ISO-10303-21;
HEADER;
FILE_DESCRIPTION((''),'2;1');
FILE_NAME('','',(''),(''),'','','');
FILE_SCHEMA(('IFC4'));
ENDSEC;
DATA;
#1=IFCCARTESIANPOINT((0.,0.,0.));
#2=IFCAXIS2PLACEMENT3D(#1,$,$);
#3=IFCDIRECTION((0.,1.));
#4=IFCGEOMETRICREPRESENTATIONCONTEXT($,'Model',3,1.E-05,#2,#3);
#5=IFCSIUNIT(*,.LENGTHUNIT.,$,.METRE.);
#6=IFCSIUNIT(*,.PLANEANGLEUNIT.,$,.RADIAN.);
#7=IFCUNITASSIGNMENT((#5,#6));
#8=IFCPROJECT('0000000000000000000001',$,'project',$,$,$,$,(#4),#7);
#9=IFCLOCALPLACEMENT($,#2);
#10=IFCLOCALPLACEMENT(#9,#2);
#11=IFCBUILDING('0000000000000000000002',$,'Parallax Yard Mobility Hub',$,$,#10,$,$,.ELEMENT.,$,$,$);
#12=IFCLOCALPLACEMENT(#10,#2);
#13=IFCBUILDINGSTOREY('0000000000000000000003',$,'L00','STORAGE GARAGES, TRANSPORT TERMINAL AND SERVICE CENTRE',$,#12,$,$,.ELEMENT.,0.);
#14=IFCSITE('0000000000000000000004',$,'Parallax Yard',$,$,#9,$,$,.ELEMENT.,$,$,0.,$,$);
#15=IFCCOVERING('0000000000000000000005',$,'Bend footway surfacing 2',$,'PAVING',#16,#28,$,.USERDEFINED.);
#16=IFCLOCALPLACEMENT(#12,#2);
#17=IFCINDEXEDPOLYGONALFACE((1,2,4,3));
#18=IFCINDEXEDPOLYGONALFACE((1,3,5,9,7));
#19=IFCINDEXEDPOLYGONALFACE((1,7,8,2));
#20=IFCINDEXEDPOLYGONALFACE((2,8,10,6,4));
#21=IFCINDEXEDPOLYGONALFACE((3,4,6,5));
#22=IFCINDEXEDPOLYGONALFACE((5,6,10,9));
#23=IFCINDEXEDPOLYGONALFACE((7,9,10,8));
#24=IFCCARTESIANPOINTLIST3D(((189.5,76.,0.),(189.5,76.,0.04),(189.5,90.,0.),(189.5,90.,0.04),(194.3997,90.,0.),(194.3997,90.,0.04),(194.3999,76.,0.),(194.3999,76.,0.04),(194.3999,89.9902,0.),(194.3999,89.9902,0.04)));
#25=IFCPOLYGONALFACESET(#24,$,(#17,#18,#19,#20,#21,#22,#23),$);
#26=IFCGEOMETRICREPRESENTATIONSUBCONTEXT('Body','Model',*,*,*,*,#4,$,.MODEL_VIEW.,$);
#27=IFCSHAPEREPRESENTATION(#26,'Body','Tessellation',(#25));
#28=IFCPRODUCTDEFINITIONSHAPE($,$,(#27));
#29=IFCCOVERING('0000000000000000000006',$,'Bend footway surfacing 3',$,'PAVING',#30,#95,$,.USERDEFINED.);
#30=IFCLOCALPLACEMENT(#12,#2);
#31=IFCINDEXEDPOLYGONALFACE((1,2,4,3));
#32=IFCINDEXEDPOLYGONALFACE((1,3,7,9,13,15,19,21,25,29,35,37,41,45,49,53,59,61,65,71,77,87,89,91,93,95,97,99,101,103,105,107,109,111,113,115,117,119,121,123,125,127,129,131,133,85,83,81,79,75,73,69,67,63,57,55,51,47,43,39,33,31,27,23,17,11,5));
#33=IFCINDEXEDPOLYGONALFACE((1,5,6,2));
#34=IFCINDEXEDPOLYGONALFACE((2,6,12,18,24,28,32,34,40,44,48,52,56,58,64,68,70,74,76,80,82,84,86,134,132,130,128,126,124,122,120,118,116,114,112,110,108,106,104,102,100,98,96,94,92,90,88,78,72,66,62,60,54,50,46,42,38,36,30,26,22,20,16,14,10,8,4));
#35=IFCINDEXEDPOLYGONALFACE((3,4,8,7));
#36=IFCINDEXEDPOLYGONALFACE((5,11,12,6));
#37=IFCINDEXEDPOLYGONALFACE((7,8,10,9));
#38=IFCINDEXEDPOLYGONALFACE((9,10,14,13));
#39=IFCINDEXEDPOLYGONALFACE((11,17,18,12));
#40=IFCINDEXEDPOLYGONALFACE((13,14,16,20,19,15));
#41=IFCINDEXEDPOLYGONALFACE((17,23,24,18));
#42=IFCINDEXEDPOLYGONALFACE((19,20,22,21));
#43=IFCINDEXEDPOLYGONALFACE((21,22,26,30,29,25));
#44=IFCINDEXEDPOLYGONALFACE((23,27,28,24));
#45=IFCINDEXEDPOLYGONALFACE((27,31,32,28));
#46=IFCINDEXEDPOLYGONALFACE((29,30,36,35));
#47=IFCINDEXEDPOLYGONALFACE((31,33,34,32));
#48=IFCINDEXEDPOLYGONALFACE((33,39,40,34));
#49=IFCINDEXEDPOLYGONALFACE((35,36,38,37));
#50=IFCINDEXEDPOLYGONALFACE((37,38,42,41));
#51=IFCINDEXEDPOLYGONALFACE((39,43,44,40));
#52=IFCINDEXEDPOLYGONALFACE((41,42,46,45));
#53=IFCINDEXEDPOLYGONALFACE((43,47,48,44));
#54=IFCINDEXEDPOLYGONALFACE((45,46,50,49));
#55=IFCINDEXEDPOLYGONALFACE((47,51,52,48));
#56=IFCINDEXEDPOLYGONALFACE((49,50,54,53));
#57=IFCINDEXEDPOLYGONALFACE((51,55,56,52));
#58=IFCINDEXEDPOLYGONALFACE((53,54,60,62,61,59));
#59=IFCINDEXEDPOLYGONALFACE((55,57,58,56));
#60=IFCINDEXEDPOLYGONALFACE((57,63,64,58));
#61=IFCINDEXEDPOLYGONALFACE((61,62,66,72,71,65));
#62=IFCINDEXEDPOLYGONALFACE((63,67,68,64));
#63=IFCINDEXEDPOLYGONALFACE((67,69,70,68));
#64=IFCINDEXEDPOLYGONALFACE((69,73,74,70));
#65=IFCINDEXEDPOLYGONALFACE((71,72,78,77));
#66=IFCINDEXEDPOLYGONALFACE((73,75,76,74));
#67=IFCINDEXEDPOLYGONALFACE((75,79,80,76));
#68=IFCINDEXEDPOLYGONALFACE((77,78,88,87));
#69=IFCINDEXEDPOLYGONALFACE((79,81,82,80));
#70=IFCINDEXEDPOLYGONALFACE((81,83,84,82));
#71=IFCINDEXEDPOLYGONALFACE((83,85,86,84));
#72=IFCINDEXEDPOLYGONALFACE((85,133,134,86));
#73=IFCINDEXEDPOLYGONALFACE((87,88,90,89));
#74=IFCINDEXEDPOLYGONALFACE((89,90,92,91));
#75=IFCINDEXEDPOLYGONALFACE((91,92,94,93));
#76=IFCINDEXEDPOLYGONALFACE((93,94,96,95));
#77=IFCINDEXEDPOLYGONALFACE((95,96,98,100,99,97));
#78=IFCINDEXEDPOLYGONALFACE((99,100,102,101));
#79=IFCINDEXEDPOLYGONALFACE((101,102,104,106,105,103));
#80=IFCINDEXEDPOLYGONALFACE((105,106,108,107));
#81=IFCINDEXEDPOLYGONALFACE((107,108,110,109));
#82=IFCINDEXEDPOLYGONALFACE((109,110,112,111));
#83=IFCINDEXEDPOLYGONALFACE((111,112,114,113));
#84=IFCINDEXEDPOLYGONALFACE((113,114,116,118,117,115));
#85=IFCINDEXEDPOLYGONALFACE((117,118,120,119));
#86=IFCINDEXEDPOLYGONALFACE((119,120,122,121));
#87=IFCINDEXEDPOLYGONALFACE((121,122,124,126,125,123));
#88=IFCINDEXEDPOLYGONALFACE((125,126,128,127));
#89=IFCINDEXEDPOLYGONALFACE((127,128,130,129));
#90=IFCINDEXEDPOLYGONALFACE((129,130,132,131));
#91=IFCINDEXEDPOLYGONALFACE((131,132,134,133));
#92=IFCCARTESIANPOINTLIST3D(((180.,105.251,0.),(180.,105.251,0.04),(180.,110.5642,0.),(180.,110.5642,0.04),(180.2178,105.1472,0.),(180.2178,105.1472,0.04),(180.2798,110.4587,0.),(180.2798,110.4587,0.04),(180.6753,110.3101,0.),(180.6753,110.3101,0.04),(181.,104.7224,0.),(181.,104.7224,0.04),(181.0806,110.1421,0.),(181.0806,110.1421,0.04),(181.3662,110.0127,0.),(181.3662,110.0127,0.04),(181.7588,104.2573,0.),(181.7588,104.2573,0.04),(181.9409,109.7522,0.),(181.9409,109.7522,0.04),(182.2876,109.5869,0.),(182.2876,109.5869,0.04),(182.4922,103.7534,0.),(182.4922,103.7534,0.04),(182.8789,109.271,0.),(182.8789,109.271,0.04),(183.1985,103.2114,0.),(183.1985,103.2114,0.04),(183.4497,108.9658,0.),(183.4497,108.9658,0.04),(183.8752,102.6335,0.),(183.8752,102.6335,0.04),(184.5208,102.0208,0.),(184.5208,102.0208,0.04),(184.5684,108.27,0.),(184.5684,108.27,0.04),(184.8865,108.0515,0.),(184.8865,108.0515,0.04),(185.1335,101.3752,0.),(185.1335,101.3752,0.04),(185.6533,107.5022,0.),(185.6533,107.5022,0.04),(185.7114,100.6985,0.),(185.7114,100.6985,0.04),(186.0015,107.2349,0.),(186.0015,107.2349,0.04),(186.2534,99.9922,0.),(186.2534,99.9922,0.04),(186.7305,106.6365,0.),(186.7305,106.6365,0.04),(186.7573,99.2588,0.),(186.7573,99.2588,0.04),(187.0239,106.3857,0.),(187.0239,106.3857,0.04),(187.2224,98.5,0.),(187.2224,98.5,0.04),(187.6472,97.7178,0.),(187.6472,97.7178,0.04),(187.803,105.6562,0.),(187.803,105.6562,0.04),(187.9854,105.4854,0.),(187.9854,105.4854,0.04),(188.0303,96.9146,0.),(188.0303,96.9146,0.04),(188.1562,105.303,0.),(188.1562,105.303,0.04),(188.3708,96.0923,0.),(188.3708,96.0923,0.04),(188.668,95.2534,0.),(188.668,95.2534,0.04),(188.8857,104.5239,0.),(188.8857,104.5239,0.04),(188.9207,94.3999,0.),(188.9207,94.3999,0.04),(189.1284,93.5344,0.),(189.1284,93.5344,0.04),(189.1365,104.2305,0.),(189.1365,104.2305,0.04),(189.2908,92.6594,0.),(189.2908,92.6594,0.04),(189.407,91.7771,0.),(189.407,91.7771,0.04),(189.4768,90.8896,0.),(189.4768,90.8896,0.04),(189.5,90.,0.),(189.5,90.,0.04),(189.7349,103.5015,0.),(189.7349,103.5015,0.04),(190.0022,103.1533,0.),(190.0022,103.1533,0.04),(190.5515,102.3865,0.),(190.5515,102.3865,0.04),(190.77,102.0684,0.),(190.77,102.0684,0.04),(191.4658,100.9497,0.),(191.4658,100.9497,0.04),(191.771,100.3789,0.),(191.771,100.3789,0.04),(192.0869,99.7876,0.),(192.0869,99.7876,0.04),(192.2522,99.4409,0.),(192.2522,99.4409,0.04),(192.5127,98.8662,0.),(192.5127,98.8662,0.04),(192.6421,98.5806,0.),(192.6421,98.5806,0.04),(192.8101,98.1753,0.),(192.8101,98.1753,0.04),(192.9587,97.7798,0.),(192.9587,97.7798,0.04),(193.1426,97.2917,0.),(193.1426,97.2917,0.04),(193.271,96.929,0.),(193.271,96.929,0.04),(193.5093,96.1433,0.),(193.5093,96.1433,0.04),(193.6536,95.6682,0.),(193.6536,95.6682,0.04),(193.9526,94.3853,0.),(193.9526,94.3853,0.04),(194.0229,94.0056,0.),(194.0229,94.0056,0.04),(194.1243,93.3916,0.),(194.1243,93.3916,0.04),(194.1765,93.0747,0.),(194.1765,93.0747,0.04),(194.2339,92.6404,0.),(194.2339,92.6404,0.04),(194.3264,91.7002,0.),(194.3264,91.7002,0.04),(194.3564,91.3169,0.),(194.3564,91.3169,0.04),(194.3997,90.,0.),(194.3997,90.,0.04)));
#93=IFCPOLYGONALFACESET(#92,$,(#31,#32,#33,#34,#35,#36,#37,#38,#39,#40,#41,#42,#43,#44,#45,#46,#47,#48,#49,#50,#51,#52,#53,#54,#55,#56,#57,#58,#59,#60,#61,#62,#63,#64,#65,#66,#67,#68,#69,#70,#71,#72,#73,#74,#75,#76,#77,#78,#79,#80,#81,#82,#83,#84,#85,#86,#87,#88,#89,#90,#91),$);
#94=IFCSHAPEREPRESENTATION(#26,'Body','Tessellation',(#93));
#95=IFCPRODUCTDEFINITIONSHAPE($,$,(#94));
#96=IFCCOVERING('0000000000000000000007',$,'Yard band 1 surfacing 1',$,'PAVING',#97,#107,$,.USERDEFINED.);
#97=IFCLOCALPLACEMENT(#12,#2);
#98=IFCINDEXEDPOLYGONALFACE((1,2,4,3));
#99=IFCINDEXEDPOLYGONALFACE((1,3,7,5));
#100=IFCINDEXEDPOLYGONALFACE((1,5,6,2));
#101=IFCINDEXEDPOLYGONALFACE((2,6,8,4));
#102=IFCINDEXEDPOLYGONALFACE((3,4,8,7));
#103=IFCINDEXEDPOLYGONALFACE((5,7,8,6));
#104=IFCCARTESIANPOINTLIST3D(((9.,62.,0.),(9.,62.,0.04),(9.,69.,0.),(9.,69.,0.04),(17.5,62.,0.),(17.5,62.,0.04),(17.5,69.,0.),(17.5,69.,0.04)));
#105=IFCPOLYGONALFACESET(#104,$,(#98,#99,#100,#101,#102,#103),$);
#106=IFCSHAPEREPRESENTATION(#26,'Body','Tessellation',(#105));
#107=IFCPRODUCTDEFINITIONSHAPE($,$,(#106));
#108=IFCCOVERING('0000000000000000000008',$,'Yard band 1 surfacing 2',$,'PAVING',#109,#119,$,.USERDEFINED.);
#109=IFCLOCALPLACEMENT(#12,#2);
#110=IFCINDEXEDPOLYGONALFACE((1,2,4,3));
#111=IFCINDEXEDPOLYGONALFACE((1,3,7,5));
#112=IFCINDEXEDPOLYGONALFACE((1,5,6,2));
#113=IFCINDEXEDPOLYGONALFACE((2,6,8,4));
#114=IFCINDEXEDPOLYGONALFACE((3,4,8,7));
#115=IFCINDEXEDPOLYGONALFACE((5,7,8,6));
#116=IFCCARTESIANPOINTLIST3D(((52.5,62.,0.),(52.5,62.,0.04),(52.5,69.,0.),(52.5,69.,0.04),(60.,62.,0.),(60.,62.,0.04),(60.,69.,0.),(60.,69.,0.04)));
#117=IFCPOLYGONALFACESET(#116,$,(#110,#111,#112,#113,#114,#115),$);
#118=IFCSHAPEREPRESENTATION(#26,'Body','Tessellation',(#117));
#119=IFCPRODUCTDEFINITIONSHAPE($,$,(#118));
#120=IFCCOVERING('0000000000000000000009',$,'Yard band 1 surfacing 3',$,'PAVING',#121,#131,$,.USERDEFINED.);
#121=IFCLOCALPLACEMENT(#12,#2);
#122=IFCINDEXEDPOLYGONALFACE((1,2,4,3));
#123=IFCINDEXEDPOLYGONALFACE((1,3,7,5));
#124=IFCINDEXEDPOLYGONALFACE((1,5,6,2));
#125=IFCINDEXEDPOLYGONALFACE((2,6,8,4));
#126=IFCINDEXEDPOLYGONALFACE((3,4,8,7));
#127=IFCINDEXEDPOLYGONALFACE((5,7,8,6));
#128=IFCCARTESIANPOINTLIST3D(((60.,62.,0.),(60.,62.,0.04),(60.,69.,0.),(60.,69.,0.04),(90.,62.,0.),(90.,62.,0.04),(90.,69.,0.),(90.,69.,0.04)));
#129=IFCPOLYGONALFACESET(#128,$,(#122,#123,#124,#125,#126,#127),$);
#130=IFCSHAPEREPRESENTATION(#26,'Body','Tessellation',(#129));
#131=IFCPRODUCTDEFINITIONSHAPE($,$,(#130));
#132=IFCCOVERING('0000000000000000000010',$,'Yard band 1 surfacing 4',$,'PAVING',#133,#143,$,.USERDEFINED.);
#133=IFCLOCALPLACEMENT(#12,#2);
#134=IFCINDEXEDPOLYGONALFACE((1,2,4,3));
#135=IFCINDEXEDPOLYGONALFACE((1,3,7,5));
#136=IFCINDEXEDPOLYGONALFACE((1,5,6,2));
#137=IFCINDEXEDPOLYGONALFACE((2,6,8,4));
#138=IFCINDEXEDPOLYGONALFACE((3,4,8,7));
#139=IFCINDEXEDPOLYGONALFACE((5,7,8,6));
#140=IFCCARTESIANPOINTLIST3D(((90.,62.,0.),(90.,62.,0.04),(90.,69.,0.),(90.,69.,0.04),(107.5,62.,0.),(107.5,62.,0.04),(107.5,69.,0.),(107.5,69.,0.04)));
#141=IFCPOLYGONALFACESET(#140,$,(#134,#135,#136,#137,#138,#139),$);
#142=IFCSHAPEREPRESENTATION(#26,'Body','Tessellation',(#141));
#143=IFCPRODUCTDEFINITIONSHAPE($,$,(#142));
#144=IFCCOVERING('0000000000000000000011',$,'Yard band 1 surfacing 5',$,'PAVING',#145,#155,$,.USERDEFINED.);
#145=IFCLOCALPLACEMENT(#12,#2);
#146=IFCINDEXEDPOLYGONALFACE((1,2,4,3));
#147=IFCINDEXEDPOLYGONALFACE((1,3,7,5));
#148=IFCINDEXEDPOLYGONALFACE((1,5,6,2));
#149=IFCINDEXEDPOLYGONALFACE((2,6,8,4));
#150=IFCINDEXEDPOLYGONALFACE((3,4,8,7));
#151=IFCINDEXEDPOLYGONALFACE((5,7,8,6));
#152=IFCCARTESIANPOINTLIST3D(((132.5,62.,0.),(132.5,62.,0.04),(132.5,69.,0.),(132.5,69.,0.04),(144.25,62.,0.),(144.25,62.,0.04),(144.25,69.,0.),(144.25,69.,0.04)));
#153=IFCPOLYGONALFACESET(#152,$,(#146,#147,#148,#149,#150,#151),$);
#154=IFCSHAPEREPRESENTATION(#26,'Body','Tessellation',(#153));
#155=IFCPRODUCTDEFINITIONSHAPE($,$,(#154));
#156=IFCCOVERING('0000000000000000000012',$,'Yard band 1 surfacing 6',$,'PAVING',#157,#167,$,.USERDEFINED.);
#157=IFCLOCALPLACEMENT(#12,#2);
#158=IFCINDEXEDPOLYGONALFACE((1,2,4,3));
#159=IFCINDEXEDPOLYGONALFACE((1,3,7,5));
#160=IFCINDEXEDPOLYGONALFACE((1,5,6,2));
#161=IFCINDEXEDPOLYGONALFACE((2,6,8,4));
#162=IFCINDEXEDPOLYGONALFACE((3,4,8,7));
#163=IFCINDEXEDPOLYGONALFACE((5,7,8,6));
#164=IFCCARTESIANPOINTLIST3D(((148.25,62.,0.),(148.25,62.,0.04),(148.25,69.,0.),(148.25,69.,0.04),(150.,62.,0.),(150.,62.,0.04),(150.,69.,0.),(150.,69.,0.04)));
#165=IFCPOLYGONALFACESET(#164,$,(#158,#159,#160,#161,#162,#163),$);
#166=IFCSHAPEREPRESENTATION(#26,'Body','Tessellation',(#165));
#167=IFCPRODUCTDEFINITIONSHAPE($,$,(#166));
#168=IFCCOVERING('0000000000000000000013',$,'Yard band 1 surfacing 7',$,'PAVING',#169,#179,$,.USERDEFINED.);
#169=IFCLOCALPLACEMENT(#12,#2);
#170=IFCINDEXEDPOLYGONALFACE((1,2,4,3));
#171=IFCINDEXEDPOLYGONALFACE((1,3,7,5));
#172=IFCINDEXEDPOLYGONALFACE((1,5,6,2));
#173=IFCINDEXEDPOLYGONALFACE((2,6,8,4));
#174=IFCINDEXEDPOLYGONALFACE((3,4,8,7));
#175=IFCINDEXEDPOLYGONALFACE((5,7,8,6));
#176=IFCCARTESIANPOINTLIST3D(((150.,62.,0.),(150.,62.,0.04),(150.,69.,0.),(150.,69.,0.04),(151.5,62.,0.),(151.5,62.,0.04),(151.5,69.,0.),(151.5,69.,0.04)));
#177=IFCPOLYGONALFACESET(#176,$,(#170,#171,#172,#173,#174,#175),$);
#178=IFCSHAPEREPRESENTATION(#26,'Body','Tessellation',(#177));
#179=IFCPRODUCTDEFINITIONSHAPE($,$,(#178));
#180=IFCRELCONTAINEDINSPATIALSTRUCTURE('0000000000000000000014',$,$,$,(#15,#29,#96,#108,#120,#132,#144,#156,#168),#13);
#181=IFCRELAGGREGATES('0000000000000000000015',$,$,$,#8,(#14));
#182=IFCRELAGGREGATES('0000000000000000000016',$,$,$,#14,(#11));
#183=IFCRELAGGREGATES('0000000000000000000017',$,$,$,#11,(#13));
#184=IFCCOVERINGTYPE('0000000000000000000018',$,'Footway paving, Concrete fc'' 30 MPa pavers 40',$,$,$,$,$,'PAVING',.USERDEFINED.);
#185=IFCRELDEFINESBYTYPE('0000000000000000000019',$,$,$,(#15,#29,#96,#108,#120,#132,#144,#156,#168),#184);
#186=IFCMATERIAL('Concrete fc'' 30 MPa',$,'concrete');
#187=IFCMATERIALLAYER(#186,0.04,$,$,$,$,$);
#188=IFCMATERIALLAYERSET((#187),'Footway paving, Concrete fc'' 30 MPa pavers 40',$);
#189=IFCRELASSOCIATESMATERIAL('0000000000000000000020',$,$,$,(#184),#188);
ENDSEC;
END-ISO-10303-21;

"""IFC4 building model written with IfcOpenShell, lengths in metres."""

from ifc_helpers import new_model, si_unit, direction, origin, place, context, subcontext, project, spatial, polyline, outline, extrude, material, layer, layer_set, type_object, element, save


model = new_model("IFC4")

# Units and contexts
model_context = context("Model", 3, precision=1e-05, world=origin(), true_north=direction((0.0, 1.0)))
body_context = subcontext(model_context, "Body", "Model", "MODEL_VIEW")
ifc_project = project(units=[si_unit("LENGTHUNIT", "METRE"), si_unit("PLANEANGLEUNIT", "RADIAN")], contexts=[model_context])

# Site, building, storey
site_placement = place(None, origin())
site = spatial("IfcSite", under=ifc_project, at=site_placement, Name="Parallax Yard", CompositionType="ELEMENT", RefElevation=0.0)
building_placement = place(site_placement, origin())
building = spatial("IfcBuilding", under=site, at=building_placement, Name="Parallax Yard Mobility Hub", CompositionType="ELEMENT")
storey_placement = place(building_placement, origin())
storey = spatial("IfcBuildingStorey", under=building, at=storey_placement, Name="L00", Description="STORAGE GARAGES, TRANSPORT TERMINAL AND SERVICE CENTRE", CompositionType="ELEMENT", Elevation=0.0)

# Coverings
ifc_material = material(Name="Concrete fc' 30 MPa", Category="concrete")
ifc_layer = layer(ifc_material, 0.04)
ifc_layer_set = layer_set([ifc_layer], Name="Footway paving, Concrete fc' 30 MPa pavers 40")
covering_type = type_object("IfcCoveringType", Name="Footway paving, Concrete fc' 30 MPa pavers 40", ElementType="PAVING", PredefinedType="USERDEFINED", material=ifc_layer_set)
covering_1_placement = place(storey_placement, origin())
element("IfcCovering", 1, at=covering_1_placement, inside=storey, type_object=covering_type, Name="Bend footway surfacing 2", ObjectType="PAVING", PredefinedType="USERDEFINED", context=body_context, shape_type="SweptSolid", body=[
    extrude(outline(polyline([(194.3999, 89.9902), (194.3999, 76.0), (189.5, 76.0), (189.5, 90.0), (194.3997, 90.0), (194.3999, 89.9902)])), origin(), (0.0, 0.0, 1.0), 0.04),
])
covering_2_placement = place(storey_placement, origin())
element("IfcCovering", 2, at=covering_2_placement, inside=storey, type_object=covering_type, Name="Bend footway surfacing 3", ObjectType="PAVING", PredefinedType="USERDEFINED", context=body_context, shape_type="SweptSolid", body=[
    extrude(outline(polyline([(189.4768, 90.8896), (189.407, 91.7771), (189.2908, 92.6594), (189.1284, 93.5344), (188.9207, 94.3999), (188.668, 95.2534), (188.3708, 96.0923), (188.0303, 96.9146), (187.6472, 97.7178), (187.2224, 98.5), (186.7573, 99.2588), (186.2534, 99.9922), (185.7114, 100.6985), (185.1335, 101.3752), (184.5208, 102.0208), (183.8752, 102.6335), (183.1985, 103.2114), (182.4922, 103.7534), (181.7588, 104.2573), (181.0, 104.7224), (180.2178, 105.1472), (180.0, 105.251), (180.0, 110.5642), (180.2798, 110.4587), (180.6753, 110.3101), (181.0806, 110.1421), (181.3662, 110.0127), (181.9409, 109.7522), (182.2876, 109.5869), (182.8789, 109.271), (183.4497, 108.9658), (184.5684, 108.27), (184.8865, 108.0515), (185.6533, 107.5022), (186.0015, 107.2349), (186.7305, 106.6365), (187.0239, 106.3857), (187.803, 105.6562), (187.9854, 105.4854), (188.1562, 105.303), (188.8857, 104.5239), (189.1365, 104.2305), (189.7349, 103.5015), (190.0022, 103.1533), (190.5515, 102.3865), (190.77, 102.0684), (191.4658, 100.9497), (191.771, 100.3789), (192.0869, 99.7876), (192.2522, 99.4409), (192.5127, 98.8662), (192.6421, 98.5806), (192.8101, 98.1753), (192.9587, 97.7798), (193.1426, 97.2917), (193.271, 96.929), (193.5093, 96.1433), (193.6536, 95.6682), (193.9526, 94.3853), (194.0229, 94.0056), (194.1243, 93.3916), (194.1765, 93.0747), (194.2339, 92.6404), (194.3264, 91.7002), (194.3564, 91.3169), (194.3997, 90.0), (189.5, 90.0), (189.4768, 90.8896)])), origin(), (0.0, 0.0, 1.0), 0.04),
])
covering_3_placement = place(storey_placement, origin())
element("IfcCovering", 3, at=covering_3_placement, inside=storey, type_object=covering_type, Name="Yard band 1 surfacing 1", ObjectType="PAVING", PredefinedType="USERDEFINED", context=body_context, shape_type="SweptSolid", body=[
    extrude(outline(polyline([(17.5, 69.0), (17.5, 62.0), (9.0, 62.0), (9.0, 69.0), (17.5, 69.0)])), origin(), (0.0, 0.0, 1.0), 0.04),
])
covering_4_placement = place(storey_placement, origin())
element("IfcCovering", 4, at=covering_4_placement, inside=storey, type_object=covering_type, Name="Yard band 1 surfacing 2", ObjectType="PAVING", PredefinedType="USERDEFINED", context=body_context, shape_type="SweptSolid", body=[
    extrude(outline(polyline([(52.5, 62.0), (52.5, 69.0), (60.0, 69.0), (60.0, 62.0), (52.5, 62.0)])), origin(), (0.0, 0.0, 1.0), 0.04),
])
covering_5_placement = place(storey_placement, origin())
element("IfcCovering", 5, at=covering_5_placement, inside=storey, type_object=covering_type, Name="Yard band 1 surfacing 3", ObjectType="PAVING", PredefinedType="USERDEFINED", context=body_context, shape_type="SweptSolid", body=[
    extrude(outline(polyline([(60.0, 62.0), (60.0, 69.0), (90.0, 69.0), (90.0, 62.0), (60.0, 62.0)])), origin(), (0.0, 0.0, 1.0), 0.04),
])
covering_6_placement = place(storey_placement, origin())
element("IfcCovering", 6, at=covering_6_placement, inside=storey, type_object=covering_type, Name="Yard band 1 surfacing 4", ObjectType="PAVING", PredefinedType="USERDEFINED", context=body_context, shape_type="SweptSolid", body=[
    extrude(outline(polyline([(90.0, 62.0), (90.0, 69.0), (107.5, 69.0), (107.5, 62.0), (90.0, 62.0)])), origin(), (0.0, 0.0, 1.0), 0.04),
])
covering_7_placement = place(storey_placement, origin())
element("IfcCovering", 7, at=covering_7_placement, inside=storey, type_object=covering_type, Name="Yard band 1 surfacing 5", ObjectType="PAVING", PredefinedType="USERDEFINED", context=body_context, shape_type="SweptSolid", body=[
    extrude(outline(polyline([(132.5, 69.0), (144.25, 69.0), (144.25, 62.0), (132.5, 62.0), (132.5, 69.0)])), origin(), (0.0, 0.0, 1.0), 0.04),
])
covering_8_placement = place(storey_placement, origin())
element("IfcCovering", 8, at=covering_8_placement, inside=storey, type_object=covering_type, Name="Yard band 1 surfacing 6", ObjectType="PAVING", PredefinedType="USERDEFINED", context=body_context, shape_type="SweptSolid", body=[
    extrude(outline(polyline([(148.25, 62.0), (148.25, 69.0), (150.0, 69.0), (150.0, 62.0), (148.25, 62.0)])), origin(), (0.0, 0.0, 1.0), 0.04),
])
covering_9_placement = place(storey_placement, origin())
element("IfcCovering", 9, at=covering_9_placement, inside=storey, type_object=covering_type, Name="Yard band 1 surfacing 7", ObjectType="PAVING", PredefinedType="USERDEFINED", context=body_context, shape_type="SweptSolid", body=[
    extrude(outline(polyline([(150.0, 62.0), (150.0, 69.0), (151.5, 69.0), (151.5, 62.0), (150.0, 62.0)])), origin(), (0.0, 0.0, 1.0), 0.04),
])

save(model, "model.ifc")
